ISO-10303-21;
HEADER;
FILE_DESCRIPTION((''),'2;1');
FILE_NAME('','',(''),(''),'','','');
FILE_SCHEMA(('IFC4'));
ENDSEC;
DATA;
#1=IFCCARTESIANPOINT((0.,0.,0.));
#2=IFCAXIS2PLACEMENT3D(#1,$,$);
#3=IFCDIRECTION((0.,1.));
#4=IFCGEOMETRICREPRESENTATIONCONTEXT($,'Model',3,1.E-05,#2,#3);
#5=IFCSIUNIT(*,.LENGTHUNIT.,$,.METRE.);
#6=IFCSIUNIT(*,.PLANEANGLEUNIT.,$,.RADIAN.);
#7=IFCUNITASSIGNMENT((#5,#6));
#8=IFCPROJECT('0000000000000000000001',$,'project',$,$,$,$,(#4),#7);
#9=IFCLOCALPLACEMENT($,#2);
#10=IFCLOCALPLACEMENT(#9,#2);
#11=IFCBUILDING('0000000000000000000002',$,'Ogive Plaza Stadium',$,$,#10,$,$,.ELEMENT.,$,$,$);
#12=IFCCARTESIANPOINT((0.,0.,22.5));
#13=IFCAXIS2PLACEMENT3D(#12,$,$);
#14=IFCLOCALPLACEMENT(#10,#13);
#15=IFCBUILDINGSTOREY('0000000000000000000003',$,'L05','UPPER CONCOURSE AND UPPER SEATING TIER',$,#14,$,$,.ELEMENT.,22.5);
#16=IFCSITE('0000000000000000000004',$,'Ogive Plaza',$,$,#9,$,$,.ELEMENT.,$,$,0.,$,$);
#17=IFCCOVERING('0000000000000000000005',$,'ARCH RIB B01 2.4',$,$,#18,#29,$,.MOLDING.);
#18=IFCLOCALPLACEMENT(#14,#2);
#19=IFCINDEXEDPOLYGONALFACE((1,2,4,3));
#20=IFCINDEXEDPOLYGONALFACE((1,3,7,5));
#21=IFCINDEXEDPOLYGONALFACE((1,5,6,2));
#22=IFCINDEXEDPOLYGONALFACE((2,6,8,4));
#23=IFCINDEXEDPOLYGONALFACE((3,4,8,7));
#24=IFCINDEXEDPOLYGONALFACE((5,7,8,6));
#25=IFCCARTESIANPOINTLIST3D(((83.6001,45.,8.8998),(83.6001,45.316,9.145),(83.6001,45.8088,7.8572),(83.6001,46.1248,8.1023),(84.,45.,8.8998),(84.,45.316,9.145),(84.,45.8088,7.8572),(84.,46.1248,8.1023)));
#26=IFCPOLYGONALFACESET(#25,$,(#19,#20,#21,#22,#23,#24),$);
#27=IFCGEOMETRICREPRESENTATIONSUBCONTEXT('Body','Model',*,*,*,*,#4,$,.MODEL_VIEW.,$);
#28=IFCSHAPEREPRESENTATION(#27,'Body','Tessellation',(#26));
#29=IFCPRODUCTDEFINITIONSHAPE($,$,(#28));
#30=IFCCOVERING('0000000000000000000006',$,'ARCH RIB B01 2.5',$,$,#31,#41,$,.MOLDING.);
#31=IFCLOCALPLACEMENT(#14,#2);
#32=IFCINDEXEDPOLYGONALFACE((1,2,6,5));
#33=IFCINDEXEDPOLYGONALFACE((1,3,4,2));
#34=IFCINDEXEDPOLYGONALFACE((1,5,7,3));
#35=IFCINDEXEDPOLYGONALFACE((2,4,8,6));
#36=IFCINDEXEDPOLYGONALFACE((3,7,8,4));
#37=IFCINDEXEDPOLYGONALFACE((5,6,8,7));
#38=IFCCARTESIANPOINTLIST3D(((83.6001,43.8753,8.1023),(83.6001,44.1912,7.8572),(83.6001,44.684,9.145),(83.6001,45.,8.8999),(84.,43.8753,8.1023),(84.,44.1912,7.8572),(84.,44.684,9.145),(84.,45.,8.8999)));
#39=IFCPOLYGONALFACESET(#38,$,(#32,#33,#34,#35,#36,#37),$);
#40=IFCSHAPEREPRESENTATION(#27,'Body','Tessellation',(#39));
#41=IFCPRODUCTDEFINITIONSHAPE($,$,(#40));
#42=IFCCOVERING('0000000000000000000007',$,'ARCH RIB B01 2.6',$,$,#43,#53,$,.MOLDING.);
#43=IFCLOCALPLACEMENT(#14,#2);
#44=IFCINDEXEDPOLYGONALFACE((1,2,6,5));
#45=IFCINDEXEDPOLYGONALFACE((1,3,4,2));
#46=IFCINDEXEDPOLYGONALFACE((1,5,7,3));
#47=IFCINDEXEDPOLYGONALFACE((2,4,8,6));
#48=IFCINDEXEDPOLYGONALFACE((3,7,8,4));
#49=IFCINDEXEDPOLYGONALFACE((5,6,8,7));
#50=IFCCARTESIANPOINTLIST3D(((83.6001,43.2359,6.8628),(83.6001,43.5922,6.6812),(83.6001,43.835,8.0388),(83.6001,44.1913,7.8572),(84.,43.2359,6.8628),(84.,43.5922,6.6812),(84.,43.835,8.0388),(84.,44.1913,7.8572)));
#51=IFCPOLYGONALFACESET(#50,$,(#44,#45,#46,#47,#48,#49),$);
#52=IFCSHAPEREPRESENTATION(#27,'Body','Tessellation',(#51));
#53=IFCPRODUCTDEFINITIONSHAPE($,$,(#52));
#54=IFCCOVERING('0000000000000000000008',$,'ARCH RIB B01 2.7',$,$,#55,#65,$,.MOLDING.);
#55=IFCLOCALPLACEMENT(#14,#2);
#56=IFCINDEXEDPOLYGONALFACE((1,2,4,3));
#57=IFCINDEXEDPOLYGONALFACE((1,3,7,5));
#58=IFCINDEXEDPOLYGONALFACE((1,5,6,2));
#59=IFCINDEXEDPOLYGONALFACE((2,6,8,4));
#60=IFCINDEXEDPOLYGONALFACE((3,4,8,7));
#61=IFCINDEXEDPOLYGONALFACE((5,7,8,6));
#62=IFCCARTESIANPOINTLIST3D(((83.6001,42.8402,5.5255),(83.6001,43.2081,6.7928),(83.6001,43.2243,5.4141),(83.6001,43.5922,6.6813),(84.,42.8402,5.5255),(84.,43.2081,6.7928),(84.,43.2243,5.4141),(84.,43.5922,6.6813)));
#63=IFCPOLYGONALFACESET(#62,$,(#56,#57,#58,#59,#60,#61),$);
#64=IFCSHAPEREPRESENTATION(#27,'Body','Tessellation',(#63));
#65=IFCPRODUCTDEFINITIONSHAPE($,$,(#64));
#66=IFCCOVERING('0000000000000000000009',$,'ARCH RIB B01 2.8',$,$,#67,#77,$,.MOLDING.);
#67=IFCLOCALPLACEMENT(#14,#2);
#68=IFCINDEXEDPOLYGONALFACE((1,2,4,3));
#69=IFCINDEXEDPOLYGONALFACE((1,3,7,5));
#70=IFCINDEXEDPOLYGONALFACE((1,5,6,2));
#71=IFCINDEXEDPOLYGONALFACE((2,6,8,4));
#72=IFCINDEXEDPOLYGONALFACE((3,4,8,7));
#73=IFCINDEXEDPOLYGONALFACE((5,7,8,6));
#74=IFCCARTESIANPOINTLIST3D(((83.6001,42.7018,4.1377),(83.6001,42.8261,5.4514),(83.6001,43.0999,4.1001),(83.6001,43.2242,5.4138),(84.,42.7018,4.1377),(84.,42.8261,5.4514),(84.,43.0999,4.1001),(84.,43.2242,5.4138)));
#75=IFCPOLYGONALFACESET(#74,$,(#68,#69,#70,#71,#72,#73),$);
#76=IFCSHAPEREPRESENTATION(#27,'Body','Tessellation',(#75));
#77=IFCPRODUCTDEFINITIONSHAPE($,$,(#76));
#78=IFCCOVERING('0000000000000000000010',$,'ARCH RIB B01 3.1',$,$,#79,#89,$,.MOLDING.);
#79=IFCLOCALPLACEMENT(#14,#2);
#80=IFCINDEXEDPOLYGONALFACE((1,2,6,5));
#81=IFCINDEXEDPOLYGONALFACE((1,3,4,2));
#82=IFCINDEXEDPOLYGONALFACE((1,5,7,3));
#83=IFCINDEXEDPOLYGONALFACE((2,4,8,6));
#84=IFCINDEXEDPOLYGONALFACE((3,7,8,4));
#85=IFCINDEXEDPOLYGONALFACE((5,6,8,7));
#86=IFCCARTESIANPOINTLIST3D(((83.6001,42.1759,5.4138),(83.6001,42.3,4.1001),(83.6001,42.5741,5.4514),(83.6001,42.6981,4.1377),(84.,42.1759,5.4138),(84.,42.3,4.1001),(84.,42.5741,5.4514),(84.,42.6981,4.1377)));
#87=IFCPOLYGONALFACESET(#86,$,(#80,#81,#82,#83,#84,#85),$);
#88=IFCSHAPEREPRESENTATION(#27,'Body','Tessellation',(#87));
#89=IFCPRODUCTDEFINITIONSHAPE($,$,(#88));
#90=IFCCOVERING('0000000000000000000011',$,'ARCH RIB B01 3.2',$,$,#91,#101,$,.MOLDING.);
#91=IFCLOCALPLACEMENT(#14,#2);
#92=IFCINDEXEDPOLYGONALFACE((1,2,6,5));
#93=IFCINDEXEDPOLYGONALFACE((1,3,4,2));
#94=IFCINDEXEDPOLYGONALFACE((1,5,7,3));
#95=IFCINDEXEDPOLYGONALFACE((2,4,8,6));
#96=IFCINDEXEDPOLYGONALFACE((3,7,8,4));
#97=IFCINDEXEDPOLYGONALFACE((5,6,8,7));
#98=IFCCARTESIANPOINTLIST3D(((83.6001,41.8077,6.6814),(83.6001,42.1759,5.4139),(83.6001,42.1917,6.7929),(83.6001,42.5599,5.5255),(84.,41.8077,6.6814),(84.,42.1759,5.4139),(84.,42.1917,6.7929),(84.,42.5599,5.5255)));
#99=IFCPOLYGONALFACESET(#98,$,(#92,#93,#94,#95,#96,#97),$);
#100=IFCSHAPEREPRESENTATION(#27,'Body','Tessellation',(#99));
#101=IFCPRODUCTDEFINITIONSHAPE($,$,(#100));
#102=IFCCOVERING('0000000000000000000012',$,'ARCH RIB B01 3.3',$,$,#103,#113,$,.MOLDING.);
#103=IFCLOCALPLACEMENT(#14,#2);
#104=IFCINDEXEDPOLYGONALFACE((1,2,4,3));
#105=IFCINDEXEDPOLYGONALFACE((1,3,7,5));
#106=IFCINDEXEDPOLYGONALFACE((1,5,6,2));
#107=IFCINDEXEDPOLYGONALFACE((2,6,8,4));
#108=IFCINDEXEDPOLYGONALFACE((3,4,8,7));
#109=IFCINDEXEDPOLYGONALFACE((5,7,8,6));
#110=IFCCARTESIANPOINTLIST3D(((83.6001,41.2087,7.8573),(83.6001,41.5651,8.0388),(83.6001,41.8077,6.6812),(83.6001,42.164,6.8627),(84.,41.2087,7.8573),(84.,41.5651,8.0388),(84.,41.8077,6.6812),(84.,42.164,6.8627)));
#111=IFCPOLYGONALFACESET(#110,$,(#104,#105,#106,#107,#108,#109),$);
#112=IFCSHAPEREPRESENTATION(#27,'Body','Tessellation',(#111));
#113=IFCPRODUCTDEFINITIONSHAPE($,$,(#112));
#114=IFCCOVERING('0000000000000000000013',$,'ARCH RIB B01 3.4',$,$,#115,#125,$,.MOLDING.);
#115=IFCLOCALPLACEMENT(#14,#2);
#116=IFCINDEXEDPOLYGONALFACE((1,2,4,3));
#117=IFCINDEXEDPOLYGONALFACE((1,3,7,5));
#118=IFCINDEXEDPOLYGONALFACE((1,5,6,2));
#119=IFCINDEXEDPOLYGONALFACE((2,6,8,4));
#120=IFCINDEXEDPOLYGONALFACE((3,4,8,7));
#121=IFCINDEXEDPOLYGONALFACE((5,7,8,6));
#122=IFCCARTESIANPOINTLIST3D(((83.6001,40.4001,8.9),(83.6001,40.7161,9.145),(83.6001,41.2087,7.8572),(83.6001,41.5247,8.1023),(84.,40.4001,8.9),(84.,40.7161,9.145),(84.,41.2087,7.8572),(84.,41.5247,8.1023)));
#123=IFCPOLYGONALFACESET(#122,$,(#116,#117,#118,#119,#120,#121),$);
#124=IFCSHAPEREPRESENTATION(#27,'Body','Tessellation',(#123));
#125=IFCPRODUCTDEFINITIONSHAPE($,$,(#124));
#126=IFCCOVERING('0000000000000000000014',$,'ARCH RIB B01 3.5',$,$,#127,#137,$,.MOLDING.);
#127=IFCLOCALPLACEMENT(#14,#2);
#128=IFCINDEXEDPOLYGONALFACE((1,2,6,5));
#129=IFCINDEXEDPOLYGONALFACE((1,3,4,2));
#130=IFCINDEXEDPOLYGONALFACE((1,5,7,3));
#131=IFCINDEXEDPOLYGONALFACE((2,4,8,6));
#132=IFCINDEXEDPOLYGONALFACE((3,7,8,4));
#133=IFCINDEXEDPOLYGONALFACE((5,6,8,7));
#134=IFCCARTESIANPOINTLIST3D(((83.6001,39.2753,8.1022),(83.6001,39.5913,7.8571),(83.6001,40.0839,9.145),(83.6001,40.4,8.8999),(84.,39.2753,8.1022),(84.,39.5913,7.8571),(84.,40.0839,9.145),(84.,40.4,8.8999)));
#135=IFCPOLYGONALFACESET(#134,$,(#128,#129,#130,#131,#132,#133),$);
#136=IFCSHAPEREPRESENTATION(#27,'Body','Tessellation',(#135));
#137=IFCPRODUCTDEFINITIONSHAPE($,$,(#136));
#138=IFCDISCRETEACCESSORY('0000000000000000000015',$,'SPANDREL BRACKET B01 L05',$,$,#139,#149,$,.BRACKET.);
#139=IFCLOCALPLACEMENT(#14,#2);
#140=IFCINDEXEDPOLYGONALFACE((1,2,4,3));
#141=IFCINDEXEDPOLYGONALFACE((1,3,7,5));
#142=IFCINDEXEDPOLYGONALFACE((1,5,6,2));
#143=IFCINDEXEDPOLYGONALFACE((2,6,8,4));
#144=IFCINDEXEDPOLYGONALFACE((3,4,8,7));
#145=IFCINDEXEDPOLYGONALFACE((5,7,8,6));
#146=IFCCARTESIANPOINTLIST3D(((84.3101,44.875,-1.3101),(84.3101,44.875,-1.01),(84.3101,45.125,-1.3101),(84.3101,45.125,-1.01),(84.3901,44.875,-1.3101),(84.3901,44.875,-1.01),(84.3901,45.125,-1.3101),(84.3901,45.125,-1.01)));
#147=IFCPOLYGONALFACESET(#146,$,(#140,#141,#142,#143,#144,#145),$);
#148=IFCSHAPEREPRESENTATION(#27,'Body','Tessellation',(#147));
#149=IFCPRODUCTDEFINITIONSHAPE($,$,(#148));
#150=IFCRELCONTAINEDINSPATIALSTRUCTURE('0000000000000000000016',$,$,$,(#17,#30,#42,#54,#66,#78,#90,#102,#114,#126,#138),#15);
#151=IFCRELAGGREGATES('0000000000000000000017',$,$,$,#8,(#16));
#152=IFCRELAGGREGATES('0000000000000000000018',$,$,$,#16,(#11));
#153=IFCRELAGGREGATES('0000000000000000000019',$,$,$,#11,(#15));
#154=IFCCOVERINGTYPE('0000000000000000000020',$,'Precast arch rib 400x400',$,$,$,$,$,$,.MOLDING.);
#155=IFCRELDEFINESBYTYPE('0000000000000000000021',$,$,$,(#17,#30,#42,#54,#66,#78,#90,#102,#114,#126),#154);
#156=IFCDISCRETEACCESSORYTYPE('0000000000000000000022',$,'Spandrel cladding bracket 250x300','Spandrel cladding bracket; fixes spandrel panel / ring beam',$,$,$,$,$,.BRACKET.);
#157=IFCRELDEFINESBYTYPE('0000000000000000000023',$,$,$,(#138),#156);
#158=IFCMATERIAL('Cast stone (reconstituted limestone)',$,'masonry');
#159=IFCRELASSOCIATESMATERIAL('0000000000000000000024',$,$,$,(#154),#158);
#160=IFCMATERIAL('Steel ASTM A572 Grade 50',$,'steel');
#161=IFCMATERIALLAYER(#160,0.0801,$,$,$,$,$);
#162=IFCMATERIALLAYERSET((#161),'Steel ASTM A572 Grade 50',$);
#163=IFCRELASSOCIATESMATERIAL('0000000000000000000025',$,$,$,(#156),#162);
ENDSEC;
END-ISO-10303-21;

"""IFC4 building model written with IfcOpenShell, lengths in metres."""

from ifc_helpers import new_model, si_unit, direction, frame, origin, origin_2d, place, context, subcontext, project, spatial, rectangle, extrude, material, layer, layer_set, material_profile, profile_set, type_object, element, save


model = new_model("IFC4")

# Units and contexts
model_context = context("Model", 3, precision=1e-05, world=origin(), true_north=direction((0.0, 1.0)))
body_context = subcontext(model_context, "Body", "Model", "MODEL_VIEW")
ifc_project = project(units=[si_unit("LENGTHUNIT", "METRE"), si_unit("PLANEANGLEUNIT", "RADIAN")], contexts=[model_context])

# Site, building, storey
site_placement = place(None, origin())
site = spatial("IfcSite", under=ifc_project, at=site_placement, Name="Ogive Plaza", CompositionType="ELEMENT", RefElevation=0.0)
building_placement = place(site_placement, origin())
building = spatial("IfcBuilding", under=site, at=building_placement, Name="Ogive Plaza Stadium", CompositionType="ELEMENT")
storey_placement = place(building_placement, frame((0.0, 0.0, 22.5)))
storey = spatial("IfcBuildingStorey", under=building, at=storey_placement, Name="L05", Description="UPPER CONCOURSE AND UPPER SEATING TIER", CompositionType="ELEMENT", Elevation=22.5)

# Coverings
ifc_material_1 = material(Name="Cast stone (reconstituted limestone)", Category="masonry")
ifc_material_profile_1 = material_profile(ifc_material_1, rectangle(XDim=0.3999, YDim=0.3999, at=origin_2d()), Name="Cast stone 400x400")
ifc_profile_set_1 = profile_set([ifc_material_profile_1], Name="Cast stone (reconstituted limestone)")
covering_type = type_object("IfcCoveringType", Name="Precast arch rib 400x400", PredefinedType="MOLDING", material=ifc_profile_set_1)
for number, where, z_axis, x_axis, name in (
    (1, (83.8, 45.9668, 7.9797), (0.0, -0.612915, 0.790148), (1.0, 0.0, 0.0), "ARCH RIB B01 2.4"),
    (2, (83.8, 44.842, 9.0225), (0.0, -0.612915, -0.790148), (1.0, 0.0, 0.0), "ARCH RIB B01 2.5"),
):
    element("IfcCovering", number, at=place(storey_placement, frame(where, z_axis=z_axis, x_axis=x_axis)), inside=storey, type_object=covering_type, Name=name, PredefinedType="MOLDING", context=body_context, shape_type="SweptSolid", body=[
        extrude(rectangle(XDim=0.3999, YDim=0.3999, at=origin_2d()), origin(), (0.0, 0.0, 1.0), 1.3196),
    ])
covering_1_placement = place(storey_placement, frame((83.8, 44.0132, 7.948), z_axis=(0.0, -0.453934, -0.891035), x_axis=(1.0, 0.0, 0.0)))
element("IfcCovering", 3, at=covering_1_placement, inside=storey, type_object=covering_type, Name="ARCH RIB B01 2.6", PredefinedType="MOLDING", context=body_context, shape_type="SweptSolid", body=[
    extrude(rectangle(XDim=0.3999, YDim=0.3999, at=origin_2d()), origin(), (0.0, 0.0, 1.0), 1.3198),
])
for number, where, z_axis, x_axis, name in (
    (4, (83.8, 43.4001, 6.7371), (0.0, -0.278799, -0.960349), (1.0, 0.0, 0.0), "ARCH RIB B01 2.7"),
    (5, (83.8, 43.0251, 5.4326), (0.0, -0.094172, -0.995556), (1.0, 0.0, 0.0), "ARCH RIB B01 2.8"),
    (6, (83.8, 42.499, 4.1189), (0.0, -0.093988, 0.995573), (1.0, 0.0, 0.0), "ARCH RIB B01 3.1"),
):
    element("IfcCovering", number, at=place(storey_placement, frame(where, z_axis=z_axis, x_axis=x_axis)), inside=storey, type_object=covering_type, Name=name, PredefinedType="MOLDING", context=body_context, shape_type="SweptSolid", body=[
        extrude(rectangle(XDim=0.3999, YDim=0.3999, at=origin_2d()), origin(), (0.0, 0.0, 1.0), 1.3196),
    ])
for number, where, z_axis, x_axis, name in (
    (7, (83.8, 42.3679, 5.4697), (0.0, -0.27897, 0.9603), (1.0, 0.0, 0.0), "ARCH RIB B01 3.2"),
    (8, (83.8, 41.9858, 6.772), (0.0, -0.453787, 0.89111), (1.0, 0.0, 0.0), "ARCH RIB B01 3.3"),
):
    element("IfcCovering", number, at=place(storey_placement, frame(where, z_axis=z_axis, x_axis=x_axis)), inside=storey, type_object=covering_type, Name=name, PredefinedType="MOLDING", context=body_context, shape_type="SweptSolid", body=[
        extrude(rectangle(XDim=0.3999, YDim=0.3999, at=origin_2d()), origin(), (0.0, 0.0, 1.0), 1.3198),
    ])
for number, where, z_axis, x_axis, name in (
    (9, (83.8, 41.3667, 7.9797), (0.0, -0.6128, 0.790238), (1.0, 0.0, 0.0), "ARCH RIB B01 3.4"),
    (10, (83.8, 40.2419, 9.0225), (0.0, -0.6128, -0.790238), (1.0, 0.0, 0.0), "ARCH RIB B01 3.5"),
):
    element("IfcCovering", number, at=place(storey_placement, frame(where, z_axis=z_axis, x_axis=x_axis)), inside=storey, type_object=covering_type, Name=name, PredefinedType="MOLDING", context=body_context, shape_type="SweptSolid", body=[
        extrude(rectangle(XDim=0.3999, YDim=0.3999, at=origin_2d()), origin(), (0.0, 0.0, 1.0), 1.3196),
    ])

# Discrete accessory
ifc_material_2 = material(Name="Steel ASTM A572 Grade 50", Category="steel")
ifc_layer_1 = layer(ifc_material_2, 0.0801)
ifc_layer_set_1 = layer_set([ifc_layer_1], Name="Steel ASTM A572 Grade 50")
discrete_accessory_type = type_object("IfcDiscreteAccessoryType", Name="Spandrel cladding bracket 250x300", Description="Spandrel cladding bracket; fixes spandrel panel / ring beam", PredefinedType="BRACKET", material=ifc_layer_set_1)
discrete_accessory_placement = place(storey_placement, frame((84.3501, 45.0, -1.3101), z_axis=(0.0, 0.0, 1.0), x_axis=(0.0, -1.0, 0.0)))
element("IfcDiscreteAccessory", 11, at=discrete_accessory_placement, inside=storey, type_object=discrete_accessory_type, Name="SPANDREL BRACKET B01 L05", PredefinedType="BRACKET", context=body_context, shape_type="SweptSolid", body=[
    extrude(rectangle(XDim=0.25, YDim=0.0801, at=origin_2d()), origin(), (0.0, 0.0, 1.0), 0.3),
])

save(model, "model.ifc")
